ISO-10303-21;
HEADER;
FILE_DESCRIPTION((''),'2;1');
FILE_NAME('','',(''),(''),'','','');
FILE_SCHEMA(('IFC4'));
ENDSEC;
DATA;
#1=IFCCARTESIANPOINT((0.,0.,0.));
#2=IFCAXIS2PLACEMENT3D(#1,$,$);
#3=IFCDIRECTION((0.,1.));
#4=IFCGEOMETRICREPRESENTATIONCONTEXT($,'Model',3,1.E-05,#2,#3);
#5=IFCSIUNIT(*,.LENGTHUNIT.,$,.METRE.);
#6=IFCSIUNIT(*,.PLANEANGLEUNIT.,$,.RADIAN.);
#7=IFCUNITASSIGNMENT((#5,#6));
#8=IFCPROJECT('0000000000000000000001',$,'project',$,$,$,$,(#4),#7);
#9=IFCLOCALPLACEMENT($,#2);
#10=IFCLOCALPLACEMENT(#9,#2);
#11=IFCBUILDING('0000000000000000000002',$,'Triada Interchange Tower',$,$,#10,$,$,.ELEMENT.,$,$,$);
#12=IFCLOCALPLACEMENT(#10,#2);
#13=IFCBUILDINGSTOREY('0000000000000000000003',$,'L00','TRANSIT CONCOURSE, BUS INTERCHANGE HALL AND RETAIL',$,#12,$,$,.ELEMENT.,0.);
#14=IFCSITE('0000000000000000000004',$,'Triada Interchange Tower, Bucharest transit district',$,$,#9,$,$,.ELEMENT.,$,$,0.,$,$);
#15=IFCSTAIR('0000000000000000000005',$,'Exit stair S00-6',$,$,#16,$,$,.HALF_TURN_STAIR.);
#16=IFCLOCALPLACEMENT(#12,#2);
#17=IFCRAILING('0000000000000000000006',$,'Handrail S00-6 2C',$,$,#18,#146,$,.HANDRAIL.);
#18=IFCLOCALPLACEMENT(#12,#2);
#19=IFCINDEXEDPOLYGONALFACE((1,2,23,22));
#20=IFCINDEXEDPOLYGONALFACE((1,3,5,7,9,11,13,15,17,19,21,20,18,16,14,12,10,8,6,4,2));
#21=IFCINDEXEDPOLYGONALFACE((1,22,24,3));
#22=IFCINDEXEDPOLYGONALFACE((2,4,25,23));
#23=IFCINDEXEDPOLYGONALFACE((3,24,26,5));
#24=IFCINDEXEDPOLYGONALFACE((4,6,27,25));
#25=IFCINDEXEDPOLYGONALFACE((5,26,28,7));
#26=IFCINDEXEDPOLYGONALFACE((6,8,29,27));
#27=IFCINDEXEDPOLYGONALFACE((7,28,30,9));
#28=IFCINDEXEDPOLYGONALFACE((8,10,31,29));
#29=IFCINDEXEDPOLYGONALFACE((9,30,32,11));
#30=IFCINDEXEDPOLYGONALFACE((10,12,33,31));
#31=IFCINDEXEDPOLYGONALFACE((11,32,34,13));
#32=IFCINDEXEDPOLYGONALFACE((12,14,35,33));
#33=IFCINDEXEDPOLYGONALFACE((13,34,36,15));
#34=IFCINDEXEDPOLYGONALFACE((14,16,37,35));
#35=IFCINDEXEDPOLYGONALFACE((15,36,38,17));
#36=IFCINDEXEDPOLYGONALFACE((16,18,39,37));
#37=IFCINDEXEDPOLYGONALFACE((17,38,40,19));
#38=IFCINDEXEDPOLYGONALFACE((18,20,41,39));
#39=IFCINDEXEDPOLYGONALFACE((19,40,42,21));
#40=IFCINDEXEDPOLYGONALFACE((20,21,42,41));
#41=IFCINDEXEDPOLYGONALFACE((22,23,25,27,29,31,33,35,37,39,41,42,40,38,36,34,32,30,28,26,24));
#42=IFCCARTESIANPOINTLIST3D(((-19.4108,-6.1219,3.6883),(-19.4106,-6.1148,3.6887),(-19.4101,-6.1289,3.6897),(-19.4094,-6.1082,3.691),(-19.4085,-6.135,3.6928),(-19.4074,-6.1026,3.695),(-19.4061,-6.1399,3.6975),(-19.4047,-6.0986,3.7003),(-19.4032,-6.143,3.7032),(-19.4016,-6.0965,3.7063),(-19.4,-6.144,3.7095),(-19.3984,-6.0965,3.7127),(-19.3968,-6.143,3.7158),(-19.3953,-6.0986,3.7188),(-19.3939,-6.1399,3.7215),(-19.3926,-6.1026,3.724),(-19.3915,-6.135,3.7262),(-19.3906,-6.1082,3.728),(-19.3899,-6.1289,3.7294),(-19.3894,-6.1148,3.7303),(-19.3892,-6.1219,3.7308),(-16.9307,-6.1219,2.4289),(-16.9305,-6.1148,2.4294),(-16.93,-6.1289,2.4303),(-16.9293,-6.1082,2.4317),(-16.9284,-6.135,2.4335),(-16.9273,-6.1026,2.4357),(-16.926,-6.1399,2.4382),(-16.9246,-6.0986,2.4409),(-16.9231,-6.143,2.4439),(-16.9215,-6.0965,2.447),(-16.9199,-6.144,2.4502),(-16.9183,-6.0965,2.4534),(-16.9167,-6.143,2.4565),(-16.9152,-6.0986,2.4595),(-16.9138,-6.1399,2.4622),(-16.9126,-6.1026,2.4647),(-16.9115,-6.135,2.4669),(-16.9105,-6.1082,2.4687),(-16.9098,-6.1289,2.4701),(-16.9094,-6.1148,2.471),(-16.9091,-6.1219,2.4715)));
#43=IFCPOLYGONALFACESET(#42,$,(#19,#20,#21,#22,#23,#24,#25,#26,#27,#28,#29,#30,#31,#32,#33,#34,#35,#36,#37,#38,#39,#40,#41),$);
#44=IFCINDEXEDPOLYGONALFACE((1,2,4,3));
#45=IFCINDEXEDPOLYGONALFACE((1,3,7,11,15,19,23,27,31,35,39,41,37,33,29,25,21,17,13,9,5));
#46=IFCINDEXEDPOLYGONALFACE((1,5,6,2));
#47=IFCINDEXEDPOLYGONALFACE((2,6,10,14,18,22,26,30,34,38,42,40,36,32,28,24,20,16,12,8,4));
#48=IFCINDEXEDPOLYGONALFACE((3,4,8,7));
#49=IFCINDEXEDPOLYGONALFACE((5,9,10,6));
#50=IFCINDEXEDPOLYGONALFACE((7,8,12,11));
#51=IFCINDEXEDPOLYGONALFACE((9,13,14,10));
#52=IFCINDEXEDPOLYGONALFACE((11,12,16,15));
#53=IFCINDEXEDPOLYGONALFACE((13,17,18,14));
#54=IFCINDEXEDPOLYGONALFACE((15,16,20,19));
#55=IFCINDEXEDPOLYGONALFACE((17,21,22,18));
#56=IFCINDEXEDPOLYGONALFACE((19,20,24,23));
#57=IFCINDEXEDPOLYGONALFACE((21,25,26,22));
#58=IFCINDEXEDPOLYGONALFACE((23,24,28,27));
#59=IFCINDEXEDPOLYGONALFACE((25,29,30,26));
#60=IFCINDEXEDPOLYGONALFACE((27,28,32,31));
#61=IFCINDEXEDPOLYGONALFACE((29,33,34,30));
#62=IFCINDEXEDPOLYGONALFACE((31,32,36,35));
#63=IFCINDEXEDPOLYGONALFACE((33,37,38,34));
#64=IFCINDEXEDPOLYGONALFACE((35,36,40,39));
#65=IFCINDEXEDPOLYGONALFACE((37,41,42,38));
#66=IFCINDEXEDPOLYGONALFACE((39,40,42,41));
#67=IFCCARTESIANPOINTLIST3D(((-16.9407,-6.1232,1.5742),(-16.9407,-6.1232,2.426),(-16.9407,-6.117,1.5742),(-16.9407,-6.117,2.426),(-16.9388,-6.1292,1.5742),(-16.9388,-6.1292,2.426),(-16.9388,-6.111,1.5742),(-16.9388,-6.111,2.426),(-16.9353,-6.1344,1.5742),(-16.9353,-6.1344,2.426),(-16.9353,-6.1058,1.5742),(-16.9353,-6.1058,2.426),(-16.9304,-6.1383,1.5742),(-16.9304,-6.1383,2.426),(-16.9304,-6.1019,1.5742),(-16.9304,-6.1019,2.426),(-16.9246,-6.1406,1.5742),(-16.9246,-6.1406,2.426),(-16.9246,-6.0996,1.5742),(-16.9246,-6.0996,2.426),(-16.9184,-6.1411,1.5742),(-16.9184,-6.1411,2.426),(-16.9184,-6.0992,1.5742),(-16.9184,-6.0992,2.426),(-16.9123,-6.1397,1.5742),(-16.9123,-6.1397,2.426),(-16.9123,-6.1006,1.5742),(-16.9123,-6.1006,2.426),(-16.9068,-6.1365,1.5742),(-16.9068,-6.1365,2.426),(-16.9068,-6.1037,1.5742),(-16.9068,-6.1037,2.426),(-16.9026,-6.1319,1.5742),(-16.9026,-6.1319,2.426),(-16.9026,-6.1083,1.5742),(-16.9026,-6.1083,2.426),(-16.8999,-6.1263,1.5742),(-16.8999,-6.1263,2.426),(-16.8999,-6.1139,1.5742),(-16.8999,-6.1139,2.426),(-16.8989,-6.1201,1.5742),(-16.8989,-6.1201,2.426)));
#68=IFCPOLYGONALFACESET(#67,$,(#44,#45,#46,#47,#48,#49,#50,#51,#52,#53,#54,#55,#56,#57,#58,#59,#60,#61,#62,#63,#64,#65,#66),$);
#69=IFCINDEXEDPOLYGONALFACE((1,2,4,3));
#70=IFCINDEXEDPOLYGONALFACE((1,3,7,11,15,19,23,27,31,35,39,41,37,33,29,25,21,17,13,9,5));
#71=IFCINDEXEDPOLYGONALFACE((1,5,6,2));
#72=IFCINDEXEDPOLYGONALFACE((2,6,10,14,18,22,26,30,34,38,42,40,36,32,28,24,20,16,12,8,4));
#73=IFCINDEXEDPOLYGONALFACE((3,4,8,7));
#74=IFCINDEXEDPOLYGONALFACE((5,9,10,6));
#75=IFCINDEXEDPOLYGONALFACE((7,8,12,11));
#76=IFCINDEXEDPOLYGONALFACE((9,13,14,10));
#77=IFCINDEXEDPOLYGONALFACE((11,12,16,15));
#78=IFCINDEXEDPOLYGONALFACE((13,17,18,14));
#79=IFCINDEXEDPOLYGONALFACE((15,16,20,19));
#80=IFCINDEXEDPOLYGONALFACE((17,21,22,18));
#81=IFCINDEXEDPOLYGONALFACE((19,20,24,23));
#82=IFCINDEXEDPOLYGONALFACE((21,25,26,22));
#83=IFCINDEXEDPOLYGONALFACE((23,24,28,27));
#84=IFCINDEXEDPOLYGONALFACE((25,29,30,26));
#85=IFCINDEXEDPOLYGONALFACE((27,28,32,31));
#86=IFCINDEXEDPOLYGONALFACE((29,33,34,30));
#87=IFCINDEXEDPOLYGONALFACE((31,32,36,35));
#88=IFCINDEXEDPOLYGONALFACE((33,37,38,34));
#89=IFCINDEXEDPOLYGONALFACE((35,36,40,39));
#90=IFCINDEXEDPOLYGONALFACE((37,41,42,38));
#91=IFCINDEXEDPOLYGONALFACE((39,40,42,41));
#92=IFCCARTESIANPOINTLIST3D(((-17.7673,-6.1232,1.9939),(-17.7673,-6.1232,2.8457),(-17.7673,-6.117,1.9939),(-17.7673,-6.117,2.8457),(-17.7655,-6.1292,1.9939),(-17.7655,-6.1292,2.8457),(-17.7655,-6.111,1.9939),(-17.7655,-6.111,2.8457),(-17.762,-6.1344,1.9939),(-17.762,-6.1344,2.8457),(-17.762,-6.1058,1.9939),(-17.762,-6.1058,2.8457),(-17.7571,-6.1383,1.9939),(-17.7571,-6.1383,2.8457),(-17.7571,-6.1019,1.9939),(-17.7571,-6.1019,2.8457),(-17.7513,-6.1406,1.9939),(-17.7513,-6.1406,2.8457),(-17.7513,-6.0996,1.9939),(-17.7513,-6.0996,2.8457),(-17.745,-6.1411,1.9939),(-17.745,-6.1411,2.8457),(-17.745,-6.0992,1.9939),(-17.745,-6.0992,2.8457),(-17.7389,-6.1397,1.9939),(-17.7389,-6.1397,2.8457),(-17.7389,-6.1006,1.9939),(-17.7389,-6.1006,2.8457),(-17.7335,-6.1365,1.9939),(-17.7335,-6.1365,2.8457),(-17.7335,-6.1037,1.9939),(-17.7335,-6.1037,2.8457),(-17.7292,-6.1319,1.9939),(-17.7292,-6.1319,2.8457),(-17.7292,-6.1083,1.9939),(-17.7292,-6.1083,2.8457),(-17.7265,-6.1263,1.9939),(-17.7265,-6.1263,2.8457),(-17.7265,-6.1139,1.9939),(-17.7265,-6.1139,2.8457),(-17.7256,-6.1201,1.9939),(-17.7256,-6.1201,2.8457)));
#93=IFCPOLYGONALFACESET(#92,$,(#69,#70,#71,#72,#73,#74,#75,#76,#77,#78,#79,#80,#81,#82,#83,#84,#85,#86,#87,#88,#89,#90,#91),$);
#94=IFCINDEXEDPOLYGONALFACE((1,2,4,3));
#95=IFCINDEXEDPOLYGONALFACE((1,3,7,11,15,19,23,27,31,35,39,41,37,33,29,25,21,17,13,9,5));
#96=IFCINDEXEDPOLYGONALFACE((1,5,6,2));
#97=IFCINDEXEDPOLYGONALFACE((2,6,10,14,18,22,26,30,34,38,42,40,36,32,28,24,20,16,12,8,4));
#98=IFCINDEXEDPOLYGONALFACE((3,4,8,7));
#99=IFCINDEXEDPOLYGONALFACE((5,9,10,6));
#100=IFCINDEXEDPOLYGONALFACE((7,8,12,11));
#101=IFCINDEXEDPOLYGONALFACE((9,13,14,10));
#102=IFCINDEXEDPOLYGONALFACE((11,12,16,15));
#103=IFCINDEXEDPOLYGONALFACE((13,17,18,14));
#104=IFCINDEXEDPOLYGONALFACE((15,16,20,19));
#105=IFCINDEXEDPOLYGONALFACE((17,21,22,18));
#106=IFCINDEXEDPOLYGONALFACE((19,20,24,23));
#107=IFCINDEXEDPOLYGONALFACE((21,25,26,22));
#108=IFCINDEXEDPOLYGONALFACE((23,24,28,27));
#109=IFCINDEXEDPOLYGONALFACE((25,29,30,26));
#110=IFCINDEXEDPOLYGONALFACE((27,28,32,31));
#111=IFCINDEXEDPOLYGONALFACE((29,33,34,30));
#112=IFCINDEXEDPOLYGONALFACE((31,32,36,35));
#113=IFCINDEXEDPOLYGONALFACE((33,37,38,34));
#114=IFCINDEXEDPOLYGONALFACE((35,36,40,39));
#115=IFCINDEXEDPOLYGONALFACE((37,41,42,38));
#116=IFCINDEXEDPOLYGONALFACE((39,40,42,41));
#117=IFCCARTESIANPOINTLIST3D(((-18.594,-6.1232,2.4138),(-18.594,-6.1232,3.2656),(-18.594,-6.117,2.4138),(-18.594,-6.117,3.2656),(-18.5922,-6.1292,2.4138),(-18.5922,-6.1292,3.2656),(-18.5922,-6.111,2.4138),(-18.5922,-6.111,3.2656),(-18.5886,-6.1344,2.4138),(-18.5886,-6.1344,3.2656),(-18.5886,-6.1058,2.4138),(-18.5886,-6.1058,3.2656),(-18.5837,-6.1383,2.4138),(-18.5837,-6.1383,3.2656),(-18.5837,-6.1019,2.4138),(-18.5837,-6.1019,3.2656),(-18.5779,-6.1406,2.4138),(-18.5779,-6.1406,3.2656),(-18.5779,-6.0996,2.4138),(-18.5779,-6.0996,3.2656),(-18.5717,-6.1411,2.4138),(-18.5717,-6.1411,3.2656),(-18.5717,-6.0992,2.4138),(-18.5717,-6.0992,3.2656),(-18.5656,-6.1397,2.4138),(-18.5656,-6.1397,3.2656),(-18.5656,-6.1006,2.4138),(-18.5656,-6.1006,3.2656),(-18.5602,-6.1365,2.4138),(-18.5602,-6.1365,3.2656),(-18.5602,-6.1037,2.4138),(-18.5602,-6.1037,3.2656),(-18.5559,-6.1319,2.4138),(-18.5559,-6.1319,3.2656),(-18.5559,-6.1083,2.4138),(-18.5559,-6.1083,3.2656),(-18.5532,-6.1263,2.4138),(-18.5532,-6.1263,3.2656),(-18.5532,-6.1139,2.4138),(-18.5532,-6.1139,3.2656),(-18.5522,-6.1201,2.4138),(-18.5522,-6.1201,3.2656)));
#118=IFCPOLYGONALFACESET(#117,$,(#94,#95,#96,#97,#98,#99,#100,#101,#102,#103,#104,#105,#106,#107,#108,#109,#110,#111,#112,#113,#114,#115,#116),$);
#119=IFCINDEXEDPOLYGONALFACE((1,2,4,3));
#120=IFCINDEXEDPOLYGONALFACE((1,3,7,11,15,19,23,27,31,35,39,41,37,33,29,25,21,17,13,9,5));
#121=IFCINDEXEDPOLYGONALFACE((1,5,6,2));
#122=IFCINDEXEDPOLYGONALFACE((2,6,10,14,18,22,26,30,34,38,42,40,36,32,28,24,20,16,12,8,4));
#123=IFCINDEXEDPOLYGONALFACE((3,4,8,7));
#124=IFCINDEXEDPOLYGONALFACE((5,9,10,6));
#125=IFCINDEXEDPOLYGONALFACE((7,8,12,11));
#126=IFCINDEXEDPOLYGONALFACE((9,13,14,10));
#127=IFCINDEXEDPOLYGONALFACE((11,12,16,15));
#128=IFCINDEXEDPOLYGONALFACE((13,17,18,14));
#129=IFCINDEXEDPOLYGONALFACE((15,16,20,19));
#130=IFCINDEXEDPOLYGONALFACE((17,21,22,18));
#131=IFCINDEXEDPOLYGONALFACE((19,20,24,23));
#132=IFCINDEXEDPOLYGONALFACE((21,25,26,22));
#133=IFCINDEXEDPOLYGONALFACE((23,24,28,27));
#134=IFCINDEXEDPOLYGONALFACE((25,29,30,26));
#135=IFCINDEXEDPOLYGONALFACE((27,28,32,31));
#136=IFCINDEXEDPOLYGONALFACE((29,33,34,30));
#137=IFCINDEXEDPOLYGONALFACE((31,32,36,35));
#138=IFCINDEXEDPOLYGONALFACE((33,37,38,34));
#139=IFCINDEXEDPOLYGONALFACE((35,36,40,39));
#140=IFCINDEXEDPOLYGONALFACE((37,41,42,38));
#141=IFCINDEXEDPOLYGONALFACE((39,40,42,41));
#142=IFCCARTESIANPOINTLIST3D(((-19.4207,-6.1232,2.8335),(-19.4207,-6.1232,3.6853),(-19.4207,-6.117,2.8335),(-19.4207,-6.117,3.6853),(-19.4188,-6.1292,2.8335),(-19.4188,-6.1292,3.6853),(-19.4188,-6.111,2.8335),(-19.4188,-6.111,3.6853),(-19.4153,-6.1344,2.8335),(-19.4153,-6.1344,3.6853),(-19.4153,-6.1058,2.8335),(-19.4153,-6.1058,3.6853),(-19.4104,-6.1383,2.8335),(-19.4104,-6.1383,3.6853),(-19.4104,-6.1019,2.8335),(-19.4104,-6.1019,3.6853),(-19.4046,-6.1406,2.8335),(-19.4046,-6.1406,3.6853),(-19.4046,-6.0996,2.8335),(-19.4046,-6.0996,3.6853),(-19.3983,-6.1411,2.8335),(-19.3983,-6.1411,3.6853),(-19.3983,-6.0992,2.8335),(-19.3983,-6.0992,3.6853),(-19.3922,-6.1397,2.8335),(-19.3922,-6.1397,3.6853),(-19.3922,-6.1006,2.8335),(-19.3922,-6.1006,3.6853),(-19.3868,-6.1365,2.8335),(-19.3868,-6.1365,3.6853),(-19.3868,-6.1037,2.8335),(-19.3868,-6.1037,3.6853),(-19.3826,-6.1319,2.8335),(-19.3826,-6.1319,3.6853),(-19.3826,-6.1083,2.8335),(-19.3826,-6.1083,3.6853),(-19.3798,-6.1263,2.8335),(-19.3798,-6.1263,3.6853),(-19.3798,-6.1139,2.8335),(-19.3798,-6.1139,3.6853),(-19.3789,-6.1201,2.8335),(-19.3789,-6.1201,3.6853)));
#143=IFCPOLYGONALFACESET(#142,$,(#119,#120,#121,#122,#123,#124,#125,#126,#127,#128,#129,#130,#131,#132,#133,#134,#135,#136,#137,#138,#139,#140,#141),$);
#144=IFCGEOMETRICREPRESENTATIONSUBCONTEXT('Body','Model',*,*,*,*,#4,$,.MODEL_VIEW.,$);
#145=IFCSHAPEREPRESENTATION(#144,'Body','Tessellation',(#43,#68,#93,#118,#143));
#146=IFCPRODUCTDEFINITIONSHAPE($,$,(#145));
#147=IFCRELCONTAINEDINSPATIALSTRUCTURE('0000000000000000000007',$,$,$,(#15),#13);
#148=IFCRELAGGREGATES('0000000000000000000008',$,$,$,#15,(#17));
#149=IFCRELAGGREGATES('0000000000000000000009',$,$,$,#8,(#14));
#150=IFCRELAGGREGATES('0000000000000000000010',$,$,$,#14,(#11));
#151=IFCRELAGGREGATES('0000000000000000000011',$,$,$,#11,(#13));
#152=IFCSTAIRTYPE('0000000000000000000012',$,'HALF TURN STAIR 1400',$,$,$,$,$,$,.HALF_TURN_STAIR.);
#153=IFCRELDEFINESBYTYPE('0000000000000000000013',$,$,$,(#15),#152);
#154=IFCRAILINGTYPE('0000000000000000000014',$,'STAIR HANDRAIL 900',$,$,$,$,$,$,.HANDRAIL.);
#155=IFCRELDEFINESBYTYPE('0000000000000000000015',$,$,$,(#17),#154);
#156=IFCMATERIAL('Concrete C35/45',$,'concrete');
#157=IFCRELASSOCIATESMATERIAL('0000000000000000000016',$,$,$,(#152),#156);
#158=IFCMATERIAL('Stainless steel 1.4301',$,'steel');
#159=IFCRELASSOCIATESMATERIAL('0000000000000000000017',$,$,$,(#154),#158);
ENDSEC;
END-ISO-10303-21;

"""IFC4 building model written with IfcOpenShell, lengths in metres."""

from ifc_helpers import new_model, si_unit, direction, frame, origin, origin_2d, place, context, subcontext, project, spatial, circle, extrude, material, type_object, element, aggregate, save


model = new_model("IFC4")

# Units and contexts
model_context = context("Model", 3, precision=1e-05, world=origin(), true_north=direction((0.0, 1.0)))
body_context = subcontext(model_context, "Body", "Model", "MODEL_VIEW")
ifc_project = project(units=[si_unit("LENGTHUNIT", "METRE"), si_unit("PLANEANGLEUNIT", "RADIAN")], contexts=[model_context])

# Site, building, storey
site_placement = place(None, origin())
site = spatial("IfcSite", under=ifc_project, at=site_placement, Name="Triada Interchange Tower, Bucharest transit district", CompositionType="ELEMENT", RefElevation=0.0)
building_placement = place(site_placement, origin())
building = spatial("IfcBuilding", under=site, at=building_placement, Name="Triada Interchange Tower", CompositionType="ELEMENT")
storey_placement = place(building_placement, origin())
storey = spatial("IfcBuildingStorey", under=building, at=storey_placement, Name="L00", Description="TRANSIT CONCOURSE, BUS INTERCHANGE HALL AND RETAIL", CompositionType="ELEMENT", Elevation=0.0)

# Shared definitions
ifc_material_1 = material(Name="Concrete C35/45", Category="concrete")

# Stair, railing
stair_type = type_object("IfcStairType", Name="HALF TURN STAIR 1400", PredefinedType="HALF_TURN_STAIR", material=ifc_material_1)
stair_placement = place(storey_placement, origin())
stair = element("IfcStair", 1, at=stair_placement, inside=storey, type_object=stair_type, Name="Exit stair S00-6", PredefinedType="HALF_TURN_STAIR")
ifc_material_2 = material(Name="Stainless steel 1.4301", Category="steel")
railing_type_1 = type_object("IfcRailingType", Name="STAIR HANDRAIL 900", PredefinedType="HANDRAIL", material=ifc_material_2)
railing_1_placement = place(storey_placement, frame((-16.9199, -6.1201, 1.5742)))
railing_1 = element("IfcRailing", 2, at=railing_1_placement, type_object=railing_type_1, Name="Handrail S00-6 2C", PredefinedType="HANDRAIL", context=body_context, shape_type="SweptSolid", body=[
    extrude(circle(Radius=0.0239, at=origin_2d()), frame((0.0, 0.0, 0.876), z_axis=(-0.891636, 0.0, 0.452752), x_axis=(0.0, -1.0, 0.0)), (0.0, 0.0, 1.0), 2.7815),
    extrude(circle(Radius=0.021, at=origin_2d()), origin(), (0.0, 0.0, 1.0), 0.8518),
    extrude(circle(Radius=0.021, at=origin_2d()), frame((-0.8267, 0.0, 0.4197)), (0.0, 0.0, 1.0), 0.8518),
    extrude(circle(Radius=0.021, at=origin_2d()), frame((-1.6533, 0.0, 0.8396)), (0.0, 0.0, 1.0), 0.8518),
    extrude(circle(Radius=0.021, at=origin_2d()), frame((-2.48, 0.0, 1.2593)), (0.0, 0.0, 1.0), 0.8518),
])
aggregate(stair, [railing_1])

save(model, "model.ifc")
